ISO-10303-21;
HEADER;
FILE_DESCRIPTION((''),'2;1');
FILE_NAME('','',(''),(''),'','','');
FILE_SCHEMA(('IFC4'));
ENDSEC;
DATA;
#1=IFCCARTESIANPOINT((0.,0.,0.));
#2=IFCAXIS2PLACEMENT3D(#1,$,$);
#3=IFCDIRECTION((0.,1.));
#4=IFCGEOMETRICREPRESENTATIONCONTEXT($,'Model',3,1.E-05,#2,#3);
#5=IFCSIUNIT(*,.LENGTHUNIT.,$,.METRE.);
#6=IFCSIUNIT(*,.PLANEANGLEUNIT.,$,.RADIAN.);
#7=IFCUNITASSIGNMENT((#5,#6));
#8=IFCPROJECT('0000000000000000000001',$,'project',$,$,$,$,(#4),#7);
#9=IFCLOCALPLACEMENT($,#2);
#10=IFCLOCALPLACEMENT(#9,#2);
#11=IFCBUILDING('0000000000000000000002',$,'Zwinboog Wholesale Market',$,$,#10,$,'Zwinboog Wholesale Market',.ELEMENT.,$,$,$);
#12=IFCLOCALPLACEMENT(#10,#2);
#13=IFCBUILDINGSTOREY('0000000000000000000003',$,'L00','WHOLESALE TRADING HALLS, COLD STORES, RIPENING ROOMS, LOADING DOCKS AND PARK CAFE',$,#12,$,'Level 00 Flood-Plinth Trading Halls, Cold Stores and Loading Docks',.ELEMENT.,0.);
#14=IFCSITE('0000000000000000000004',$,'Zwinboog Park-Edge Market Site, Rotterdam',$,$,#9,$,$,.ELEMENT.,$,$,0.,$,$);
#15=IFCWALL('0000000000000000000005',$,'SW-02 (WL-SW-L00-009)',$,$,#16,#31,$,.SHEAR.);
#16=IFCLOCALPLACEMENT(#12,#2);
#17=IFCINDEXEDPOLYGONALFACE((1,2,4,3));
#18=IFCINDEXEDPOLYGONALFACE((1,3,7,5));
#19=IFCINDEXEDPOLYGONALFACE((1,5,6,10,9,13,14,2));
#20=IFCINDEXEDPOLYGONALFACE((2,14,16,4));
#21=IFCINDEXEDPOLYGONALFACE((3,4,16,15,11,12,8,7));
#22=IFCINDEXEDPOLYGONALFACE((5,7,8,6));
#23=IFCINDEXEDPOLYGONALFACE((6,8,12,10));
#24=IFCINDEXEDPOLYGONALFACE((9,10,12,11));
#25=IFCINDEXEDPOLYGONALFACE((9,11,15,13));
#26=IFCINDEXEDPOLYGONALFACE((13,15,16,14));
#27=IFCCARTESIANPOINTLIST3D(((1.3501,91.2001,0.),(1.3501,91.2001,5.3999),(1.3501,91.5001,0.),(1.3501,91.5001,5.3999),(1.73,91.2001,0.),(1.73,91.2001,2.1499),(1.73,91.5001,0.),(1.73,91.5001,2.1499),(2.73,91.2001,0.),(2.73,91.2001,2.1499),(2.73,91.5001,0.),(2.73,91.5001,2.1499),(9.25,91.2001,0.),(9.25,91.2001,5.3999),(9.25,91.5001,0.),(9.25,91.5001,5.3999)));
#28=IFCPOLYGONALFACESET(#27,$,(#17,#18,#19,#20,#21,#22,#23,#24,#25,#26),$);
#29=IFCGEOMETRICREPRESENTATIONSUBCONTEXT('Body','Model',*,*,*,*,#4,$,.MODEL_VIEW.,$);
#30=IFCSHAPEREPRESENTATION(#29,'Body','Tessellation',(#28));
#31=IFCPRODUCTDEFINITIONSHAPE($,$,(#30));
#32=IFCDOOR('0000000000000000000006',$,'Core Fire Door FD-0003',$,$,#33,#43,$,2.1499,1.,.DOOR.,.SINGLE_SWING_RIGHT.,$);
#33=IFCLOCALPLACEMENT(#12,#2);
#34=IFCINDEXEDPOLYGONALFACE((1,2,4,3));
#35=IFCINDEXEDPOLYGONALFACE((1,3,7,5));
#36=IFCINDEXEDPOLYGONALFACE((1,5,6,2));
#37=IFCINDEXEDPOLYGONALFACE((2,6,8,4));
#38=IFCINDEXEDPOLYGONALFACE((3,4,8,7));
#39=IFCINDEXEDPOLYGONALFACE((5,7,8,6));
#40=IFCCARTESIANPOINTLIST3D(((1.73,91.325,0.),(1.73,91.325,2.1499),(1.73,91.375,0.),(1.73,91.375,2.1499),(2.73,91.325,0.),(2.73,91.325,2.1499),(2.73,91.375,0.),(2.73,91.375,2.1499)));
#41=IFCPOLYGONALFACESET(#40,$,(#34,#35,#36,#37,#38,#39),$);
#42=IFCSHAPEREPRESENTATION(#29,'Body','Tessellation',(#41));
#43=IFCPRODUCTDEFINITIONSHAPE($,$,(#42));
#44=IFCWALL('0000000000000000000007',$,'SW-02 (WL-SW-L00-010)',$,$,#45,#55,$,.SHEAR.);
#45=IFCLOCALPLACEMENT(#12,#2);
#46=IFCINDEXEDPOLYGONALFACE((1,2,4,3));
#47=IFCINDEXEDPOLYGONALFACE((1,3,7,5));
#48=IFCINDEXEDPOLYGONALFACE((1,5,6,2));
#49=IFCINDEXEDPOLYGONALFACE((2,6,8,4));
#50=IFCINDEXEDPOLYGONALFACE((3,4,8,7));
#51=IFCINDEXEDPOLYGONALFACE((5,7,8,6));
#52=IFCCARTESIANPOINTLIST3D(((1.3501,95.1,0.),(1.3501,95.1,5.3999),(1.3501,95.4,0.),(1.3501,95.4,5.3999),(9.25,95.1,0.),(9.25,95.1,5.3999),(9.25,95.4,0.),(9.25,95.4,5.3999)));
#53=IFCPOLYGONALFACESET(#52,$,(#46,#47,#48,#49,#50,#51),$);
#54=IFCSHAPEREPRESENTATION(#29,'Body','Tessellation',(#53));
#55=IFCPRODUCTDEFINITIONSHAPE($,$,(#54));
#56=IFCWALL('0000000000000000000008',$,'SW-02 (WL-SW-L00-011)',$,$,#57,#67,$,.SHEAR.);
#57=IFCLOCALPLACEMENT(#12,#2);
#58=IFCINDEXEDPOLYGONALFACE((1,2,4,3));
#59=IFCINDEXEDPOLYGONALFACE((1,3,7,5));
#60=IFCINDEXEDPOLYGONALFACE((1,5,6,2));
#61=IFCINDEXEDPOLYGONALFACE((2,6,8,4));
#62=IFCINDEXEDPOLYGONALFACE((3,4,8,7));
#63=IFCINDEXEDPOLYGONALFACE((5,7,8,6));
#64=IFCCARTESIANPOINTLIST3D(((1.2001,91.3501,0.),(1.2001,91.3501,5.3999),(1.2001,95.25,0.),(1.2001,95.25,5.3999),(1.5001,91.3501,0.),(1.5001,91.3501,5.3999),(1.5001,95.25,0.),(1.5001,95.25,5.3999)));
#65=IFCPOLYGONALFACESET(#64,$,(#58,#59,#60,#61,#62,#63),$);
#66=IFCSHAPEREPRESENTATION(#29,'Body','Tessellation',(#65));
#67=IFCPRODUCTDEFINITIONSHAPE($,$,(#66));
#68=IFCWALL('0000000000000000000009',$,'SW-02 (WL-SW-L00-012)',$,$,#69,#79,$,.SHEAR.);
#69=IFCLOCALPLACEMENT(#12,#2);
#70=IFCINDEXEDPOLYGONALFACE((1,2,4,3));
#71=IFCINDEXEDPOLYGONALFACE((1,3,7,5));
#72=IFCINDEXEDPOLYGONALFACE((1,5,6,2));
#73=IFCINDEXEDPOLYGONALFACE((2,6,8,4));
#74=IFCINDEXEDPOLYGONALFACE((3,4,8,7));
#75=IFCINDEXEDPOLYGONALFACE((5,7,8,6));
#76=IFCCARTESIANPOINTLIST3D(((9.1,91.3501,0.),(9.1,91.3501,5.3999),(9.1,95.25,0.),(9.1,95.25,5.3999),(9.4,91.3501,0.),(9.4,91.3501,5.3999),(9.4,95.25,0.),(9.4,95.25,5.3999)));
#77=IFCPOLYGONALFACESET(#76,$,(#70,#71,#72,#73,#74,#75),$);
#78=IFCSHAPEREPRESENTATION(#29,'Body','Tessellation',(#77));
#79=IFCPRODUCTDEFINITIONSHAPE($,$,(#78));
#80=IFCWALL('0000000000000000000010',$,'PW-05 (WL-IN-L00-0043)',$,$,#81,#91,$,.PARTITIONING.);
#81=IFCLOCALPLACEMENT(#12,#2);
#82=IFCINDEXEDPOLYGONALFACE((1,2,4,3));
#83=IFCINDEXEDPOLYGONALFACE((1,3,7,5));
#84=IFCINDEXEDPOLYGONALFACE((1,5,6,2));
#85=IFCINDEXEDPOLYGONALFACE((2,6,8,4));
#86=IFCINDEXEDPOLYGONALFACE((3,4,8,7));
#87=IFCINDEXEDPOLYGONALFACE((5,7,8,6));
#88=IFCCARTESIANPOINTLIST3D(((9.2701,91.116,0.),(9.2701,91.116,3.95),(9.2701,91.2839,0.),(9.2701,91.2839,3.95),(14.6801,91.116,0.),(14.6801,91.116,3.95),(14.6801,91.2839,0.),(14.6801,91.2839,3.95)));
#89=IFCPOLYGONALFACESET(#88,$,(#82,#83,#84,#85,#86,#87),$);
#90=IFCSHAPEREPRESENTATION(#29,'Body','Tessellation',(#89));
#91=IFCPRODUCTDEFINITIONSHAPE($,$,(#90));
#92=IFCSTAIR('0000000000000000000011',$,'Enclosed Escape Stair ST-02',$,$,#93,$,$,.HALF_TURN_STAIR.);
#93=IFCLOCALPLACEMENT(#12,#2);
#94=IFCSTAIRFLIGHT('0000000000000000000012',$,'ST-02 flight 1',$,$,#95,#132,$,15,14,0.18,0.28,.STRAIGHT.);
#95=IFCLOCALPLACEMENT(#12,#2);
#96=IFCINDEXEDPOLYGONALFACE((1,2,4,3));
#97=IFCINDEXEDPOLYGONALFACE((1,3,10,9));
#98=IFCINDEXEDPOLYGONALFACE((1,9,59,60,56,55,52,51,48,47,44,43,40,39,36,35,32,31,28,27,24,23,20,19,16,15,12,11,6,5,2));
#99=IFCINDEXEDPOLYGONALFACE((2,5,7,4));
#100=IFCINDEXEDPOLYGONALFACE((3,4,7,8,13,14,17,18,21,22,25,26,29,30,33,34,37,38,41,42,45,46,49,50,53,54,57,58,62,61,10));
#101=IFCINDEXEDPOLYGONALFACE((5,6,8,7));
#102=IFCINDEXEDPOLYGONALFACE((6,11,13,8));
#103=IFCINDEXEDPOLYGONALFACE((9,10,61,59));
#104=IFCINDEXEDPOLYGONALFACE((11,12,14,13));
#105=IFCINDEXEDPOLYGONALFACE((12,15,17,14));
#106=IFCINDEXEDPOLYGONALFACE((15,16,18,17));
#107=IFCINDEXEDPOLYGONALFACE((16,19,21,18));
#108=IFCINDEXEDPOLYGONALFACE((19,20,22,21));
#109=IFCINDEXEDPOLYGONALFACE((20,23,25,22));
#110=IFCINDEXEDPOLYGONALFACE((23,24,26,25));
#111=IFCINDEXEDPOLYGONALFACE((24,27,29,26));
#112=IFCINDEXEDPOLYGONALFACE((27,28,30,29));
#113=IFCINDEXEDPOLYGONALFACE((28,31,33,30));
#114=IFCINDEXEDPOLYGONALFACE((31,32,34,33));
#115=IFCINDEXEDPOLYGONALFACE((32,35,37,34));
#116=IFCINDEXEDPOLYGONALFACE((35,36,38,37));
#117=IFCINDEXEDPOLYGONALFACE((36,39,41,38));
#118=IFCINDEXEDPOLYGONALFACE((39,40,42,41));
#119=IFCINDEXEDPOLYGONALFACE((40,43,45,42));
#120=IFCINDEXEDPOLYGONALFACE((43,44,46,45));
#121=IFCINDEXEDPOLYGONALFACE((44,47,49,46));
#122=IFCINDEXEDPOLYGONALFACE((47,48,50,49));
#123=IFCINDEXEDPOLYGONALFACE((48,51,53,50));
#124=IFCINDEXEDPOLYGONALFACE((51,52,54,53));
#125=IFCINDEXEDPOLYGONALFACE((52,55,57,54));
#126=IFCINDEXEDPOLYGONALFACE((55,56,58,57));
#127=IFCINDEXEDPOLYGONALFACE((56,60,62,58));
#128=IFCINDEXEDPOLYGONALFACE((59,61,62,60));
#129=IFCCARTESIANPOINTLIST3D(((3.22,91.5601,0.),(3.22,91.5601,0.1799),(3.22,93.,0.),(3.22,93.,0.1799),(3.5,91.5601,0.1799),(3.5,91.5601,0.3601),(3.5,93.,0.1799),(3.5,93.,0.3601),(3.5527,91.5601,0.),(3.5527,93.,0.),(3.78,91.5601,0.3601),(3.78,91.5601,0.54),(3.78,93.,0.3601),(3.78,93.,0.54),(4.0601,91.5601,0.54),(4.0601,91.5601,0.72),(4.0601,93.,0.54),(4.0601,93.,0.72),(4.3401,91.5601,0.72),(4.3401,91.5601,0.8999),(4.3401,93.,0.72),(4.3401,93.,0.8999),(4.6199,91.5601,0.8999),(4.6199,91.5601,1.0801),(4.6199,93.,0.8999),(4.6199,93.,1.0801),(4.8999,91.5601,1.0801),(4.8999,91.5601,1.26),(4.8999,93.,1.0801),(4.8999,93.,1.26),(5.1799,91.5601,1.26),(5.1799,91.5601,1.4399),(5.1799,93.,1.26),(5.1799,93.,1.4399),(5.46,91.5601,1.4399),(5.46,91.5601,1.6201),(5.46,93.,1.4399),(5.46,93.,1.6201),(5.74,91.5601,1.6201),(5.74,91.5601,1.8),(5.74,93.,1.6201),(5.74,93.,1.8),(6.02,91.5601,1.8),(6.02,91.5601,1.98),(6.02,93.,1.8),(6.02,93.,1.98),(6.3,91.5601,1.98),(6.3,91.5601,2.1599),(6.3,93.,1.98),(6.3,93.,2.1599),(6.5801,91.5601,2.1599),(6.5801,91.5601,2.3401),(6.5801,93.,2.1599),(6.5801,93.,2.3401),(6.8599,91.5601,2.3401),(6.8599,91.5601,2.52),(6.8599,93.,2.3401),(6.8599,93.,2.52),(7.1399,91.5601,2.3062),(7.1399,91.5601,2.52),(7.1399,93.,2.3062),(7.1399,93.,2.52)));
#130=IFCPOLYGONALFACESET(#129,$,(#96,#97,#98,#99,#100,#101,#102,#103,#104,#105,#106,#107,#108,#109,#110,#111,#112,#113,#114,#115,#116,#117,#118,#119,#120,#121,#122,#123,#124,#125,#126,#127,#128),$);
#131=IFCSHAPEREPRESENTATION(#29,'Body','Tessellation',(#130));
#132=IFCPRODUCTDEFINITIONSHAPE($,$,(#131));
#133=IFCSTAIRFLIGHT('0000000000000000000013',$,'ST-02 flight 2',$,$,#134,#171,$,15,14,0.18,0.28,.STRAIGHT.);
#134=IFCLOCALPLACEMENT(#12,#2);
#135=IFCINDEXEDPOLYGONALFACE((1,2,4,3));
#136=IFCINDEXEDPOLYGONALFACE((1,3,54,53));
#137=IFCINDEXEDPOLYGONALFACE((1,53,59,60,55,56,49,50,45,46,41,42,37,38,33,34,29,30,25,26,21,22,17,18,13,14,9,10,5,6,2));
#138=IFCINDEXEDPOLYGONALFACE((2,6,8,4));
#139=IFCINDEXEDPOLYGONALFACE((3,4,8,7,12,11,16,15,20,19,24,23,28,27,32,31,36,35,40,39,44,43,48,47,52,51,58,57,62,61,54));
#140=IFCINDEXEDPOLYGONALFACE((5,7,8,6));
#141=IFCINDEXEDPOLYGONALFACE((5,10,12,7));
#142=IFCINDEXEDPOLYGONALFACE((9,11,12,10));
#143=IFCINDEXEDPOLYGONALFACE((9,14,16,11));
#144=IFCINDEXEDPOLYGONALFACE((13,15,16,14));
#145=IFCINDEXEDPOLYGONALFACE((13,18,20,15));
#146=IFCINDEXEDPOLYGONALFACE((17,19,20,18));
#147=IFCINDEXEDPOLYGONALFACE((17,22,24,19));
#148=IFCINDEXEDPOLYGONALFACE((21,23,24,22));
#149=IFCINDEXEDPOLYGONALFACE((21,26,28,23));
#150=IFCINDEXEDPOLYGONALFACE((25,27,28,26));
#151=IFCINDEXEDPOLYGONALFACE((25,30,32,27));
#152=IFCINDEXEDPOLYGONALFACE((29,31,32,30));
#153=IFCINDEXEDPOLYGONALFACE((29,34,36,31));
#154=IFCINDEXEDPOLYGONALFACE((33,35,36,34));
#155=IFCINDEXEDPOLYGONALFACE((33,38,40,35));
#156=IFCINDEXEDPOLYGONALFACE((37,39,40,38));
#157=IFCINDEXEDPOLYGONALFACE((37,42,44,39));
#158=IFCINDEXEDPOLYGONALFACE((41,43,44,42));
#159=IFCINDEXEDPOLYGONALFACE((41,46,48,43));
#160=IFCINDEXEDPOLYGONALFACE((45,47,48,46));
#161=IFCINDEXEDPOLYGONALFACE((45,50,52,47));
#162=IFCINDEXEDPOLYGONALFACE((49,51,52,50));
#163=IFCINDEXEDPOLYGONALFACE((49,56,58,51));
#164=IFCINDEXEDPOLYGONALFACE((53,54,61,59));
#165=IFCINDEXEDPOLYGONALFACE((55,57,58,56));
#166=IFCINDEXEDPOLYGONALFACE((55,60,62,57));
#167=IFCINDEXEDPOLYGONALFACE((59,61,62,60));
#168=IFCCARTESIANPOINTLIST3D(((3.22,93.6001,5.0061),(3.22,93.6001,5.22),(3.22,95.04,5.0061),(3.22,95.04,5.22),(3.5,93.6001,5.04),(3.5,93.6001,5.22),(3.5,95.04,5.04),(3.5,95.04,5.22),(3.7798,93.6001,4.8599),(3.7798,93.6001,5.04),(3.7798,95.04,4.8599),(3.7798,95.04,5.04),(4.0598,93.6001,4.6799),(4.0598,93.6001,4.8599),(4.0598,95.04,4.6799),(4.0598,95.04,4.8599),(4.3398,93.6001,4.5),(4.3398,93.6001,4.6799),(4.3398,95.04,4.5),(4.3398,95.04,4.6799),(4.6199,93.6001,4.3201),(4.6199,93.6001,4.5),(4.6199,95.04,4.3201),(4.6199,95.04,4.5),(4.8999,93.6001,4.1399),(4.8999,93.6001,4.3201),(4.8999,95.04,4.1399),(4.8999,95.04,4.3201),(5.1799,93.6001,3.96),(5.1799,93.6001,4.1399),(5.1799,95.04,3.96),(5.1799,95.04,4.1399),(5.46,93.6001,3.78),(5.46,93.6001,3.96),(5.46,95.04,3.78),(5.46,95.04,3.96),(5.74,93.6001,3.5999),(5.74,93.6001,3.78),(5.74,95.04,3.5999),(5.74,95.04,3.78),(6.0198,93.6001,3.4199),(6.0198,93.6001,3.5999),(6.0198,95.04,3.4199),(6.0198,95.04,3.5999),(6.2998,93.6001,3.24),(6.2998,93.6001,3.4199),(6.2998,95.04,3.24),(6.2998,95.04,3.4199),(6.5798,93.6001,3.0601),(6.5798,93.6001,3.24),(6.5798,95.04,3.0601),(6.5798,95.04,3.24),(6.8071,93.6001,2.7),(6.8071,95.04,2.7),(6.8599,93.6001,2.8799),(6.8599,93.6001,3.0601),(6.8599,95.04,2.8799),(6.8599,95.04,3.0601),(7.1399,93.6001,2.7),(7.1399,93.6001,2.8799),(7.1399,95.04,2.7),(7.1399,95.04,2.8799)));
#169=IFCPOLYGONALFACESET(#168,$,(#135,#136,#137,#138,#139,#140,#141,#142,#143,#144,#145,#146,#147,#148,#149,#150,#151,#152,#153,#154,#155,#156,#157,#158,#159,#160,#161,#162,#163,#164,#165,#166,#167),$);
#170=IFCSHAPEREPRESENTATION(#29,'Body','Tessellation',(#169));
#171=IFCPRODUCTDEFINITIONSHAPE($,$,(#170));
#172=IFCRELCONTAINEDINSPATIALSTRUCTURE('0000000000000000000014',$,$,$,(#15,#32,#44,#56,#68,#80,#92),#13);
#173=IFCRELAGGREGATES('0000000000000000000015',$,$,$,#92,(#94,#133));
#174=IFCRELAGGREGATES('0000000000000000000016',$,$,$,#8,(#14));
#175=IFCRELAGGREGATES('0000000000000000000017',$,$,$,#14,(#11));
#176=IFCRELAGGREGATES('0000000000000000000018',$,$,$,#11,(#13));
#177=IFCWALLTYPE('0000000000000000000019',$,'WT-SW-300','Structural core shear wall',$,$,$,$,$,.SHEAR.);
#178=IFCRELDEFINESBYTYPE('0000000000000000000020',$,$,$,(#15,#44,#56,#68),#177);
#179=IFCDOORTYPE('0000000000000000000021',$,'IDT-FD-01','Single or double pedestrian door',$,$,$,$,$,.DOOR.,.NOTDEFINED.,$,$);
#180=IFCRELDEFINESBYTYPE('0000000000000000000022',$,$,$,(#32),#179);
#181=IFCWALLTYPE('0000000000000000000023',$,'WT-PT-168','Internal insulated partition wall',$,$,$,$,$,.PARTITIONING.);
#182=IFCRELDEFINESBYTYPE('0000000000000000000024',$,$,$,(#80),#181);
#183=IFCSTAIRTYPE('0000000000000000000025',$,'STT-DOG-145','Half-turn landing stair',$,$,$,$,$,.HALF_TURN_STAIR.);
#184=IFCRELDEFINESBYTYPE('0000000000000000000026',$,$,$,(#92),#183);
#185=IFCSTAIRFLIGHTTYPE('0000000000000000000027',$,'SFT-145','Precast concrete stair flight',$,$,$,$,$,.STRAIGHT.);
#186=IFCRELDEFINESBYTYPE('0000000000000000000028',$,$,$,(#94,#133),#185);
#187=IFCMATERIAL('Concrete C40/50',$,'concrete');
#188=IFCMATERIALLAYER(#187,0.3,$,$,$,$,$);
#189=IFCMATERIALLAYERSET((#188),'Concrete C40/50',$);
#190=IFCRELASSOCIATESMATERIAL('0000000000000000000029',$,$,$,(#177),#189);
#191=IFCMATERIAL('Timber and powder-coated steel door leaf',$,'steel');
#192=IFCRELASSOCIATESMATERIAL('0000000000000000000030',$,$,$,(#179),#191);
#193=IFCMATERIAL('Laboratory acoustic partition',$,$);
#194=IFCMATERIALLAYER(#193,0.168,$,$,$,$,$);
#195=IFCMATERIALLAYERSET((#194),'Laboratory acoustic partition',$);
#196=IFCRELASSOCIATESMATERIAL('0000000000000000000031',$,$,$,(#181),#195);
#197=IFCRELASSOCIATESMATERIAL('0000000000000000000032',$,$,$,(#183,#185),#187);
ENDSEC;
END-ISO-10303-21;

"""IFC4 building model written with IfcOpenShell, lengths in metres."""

from ifc_helpers import new_model, si_unit, direction, frame, frame_2d, origin, place, context, subcontext, project, spatial, polyline, rectangle, outline, extrude, material, layer, layer_set, type_object, element, fill, aggregate, save


model = new_model("IFC4")

# Units and contexts
model_context = context("Model", 3, precision=1e-05, world=origin(), true_north=direction((0.0, 1.0)))
body_context = subcontext(model_context, "Body", "Model", "MODEL_VIEW")
ifc_project = project(units=[si_unit("LENGTHUNIT", "METRE"), si_unit("PLANEANGLEUNIT", "RADIAN")], contexts=[model_context])

# Site, building, storey
site_placement = place(None, origin())
site = spatial("IfcSite", under=ifc_project, at=site_placement, Name="Zwinboog Park-Edge Market Site, Rotterdam", CompositionType="ELEMENT", RefElevation=0.0)
building_placement = place(site_placement, origin())
building = spatial("IfcBuilding", under=site, at=building_placement, Name="Zwinboog Wholesale Market", LongName="Zwinboog Wholesale Market", CompositionType="ELEMENT")
storey_placement = place(building_placement, origin())
storey = spatial("IfcBuildingStorey", under=building, at=storey_placement, Name="L00", Description="WHOLESALE TRADING HALLS, COLD STORES, RIPENING ROOMS, LOADING DOCKS AND PARK CAFE", LongName="Level 00 Flood-Plinth Trading Halls, Cold Stores and Loading Docks", CompositionType="ELEMENT", Elevation=0.0)

# Shared definitions
ifc_material_1 = material(Name="Concrete C40/50", Category="concrete")

# Wall, opening, door
ifc_layer_1 = layer(ifc_material_1, 0.3)
ifc_layer_set_1 = layer_set([ifc_layer_1], Name="Concrete C40/50")
wall_type_1 = type_object("IfcWallType", Name="WT-SW-300", Description="Structural core shear wall", PredefinedType="SHEAR", material=ifc_layer_set_1)
wall_1_placement = place(storey_placement, frame((1.3501, 91.3501, 0.0), z_axis=(0.0, 0.0, 1.0), x_axis=(1.0, 0.0, 0.0)))
wall_1 = element("IfcWall", 1, at=wall_1_placement, inside=storey, type_object=wall_type_1, Name="SW-02 (WL-SW-L00-009)", PredefinedType="SHEAR", context=body_context, shape_type="SweptSolid", body=[
    extrude(rectangle(XDim=7.8999, YDim=0.3, at=frame_2d((3.95, 0.0))), origin(), (0.0, 0.0, 1.0), 5.3999),
])
opening_placement = place(wall_1_placement, frame((0.3799, 0.0, 0.0)))
opening = element("IfcOpeningElement", 2, at=opening_placement, cuts=wall_1, PredefinedType="OPENING", context=body_context, shape_type="SweptSolid", body=[
    extrude(rectangle(XDim=1.0, YDim=2.1499, at=frame_2d((0.5, 1.075))), frame((0.0, 0.1599, 0.0), z_axis=(0.0, -1.0, 0.0), x_axis=(1.0, 0.0, 0.0)), (0.0, 0.0, 1.0), 0.3201),
])
ifc_material_2 = material(Name="Timber and powder-coated steel door leaf", Category="steel")
door_type = type_object("IfcDoorType", Name="IDT-FD-01", Description="Single or double pedestrian door", OperationType="NOTDEFINED", PredefinedType="DOOR", material=ifc_material_2)
door_placement = place(opening_placement, origin())
door = element("IfcDoor", 3, at=door_placement, inside=storey, type_object=door_type, Name="Core Fire Door FD-0003", OperationType="SINGLE_SWING_RIGHT", OverallHeight=2.1499, OverallWidth=1.0, PredefinedType="DOOR", context=body_context, shape_type="SweptSolid", body=[
    extrude(rectangle(XDim=1.0, YDim=2.1499, at=frame_2d((0.5, 1.075))), frame((0.0, 0.0249, 0.0), z_axis=(0.0, -1.0, 0.0), x_axis=(1.0, 0.0, 0.0)), (0.0, 0.0, 1.0), 0.05),
])
fill(opening, door)

# Walls
wall_2_placement = place(storey_placement, frame((1.3501, 95.25, 0.0), z_axis=(0.0, 0.0, 1.0), x_axis=(1.0, 0.0, 0.0)))
element("IfcWall", 4, at=wall_2_placement, inside=storey, type_object=wall_type_1, Name="SW-02 (WL-SW-L00-010)", PredefinedType="SHEAR", context=body_context, shape_type="SweptSolid", body=[
    extrude(rectangle(XDim=7.8999, YDim=0.3, at=frame_2d((3.95, 0.0))), origin(), (0.0, 0.0, 1.0), 5.3999),
])
for number, where, z_axis, x_axis, name in (
    (5, (1.3501, 91.3501, 0.0), (0.0, 0.0, 1.0), (0.0, 1.0, 0.0), "SW-02 (WL-SW-L00-011)"),
    (6, (9.25, 91.3501, 0.0), (0.0, 0.0, 1.0), (0.0, 1.0, 0.0), "SW-02 (WL-SW-L00-012)"),
):
    element("IfcWall", number, at=place(storey_placement, frame(where, z_axis=z_axis, x_axis=x_axis)), inside=storey, type_object=wall_type_1, Name=name, PredefinedType="SHEAR", context=body_context, shape_type="SweptSolid", body=[
        extrude(rectangle(XDim=3.8999, YDim=0.3, at=frame_2d((1.95, 0.0))), origin(), (0.0, 0.0, 1.0), 5.3999),
    ])
ifc_material_3 = material(Name="Laboratory acoustic partition")
ifc_layer_2 = layer(ifc_material_3, 0.168)
ifc_layer_set_2 = layer_set([ifc_layer_2], Name="Laboratory acoustic partition")
wall_type_2 = type_object("IfcWallType", Name="WT-PT-168", Description="Internal insulated partition wall", PredefinedType="PARTITIONING", material=ifc_layer_set_2)
wall_3_placement = place(storey_placement, frame((9.27, 91.2, 0.0), z_axis=(0.0, 0.0, 1.0), x_axis=(1.0, 0.0, 0.0)))
element("IfcWall", 7, at=wall_3_placement, inside=storey, type_object=wall_type_2, Name="PW-05 (WL-IN-L00-0043)", PredefinedType="PARTITIONING", context=body_context, shape_type="SweptSolid", body=[
    extrude(rectangle(XDim=5.4099, YDim=0.168, at=frame_2d((2.7051, 0.0))), origin(), (0.0, 0.0, 1.0), 3.95),
])

# Stair, stair flights
stair_type = type_object("IfcStairType", Name="STT-DOG-145", Description="Half-turn landing stair", PredefinedType="HALF_TURN_STAIR", material=ifc_material_1)
stair_placement = place(storey_placement, origin())
stair = element("IfcStair", 8, at=stair_placement, inside=storey, type_object=stair_type, Name="Enclosed Escape Stair ST-02", PredefinedType="HALF_TURN_STAIR")
stair_flight_type = type_object("IfcStairFlightType", Name="SFT-145", Description="Precast concrete stair flight", PredefinedType="STRAIGHT", material=ifc_material_1)
stair_flight_1_placement = place(storey_placement, frame((3.22, 92.28, 0.0), z_axis=(0.0, 0.0, 1.0), x_axis=(1.0, 0.0, 0.0)))
stair_flight_1 = element("IfcStairFlight", 9, at=stair_flight_1_placement, type_object=stair_flight_type, Name="ST-02 flight 1", NumberOfRisers=15, NumberOfTreads=14, PredefinedType="STRAIGHT", RiserHeight=0.18, TreadLength=0.28, context=body_context, shape_type="SweptSolid", body=[
    extrude(outline(polyline([(0.0, 0.0), (0.0, 0.1799), (0.28, 0.1799), (0.28, 0.3601), (0.5601, 0.3601), (0.5601, 0.54), (0.8401, 0.54), (0.8401, 0.72), (1.1201, 0.72), (1.1201, 0.8999), (1.3999, 0.8999), (1.3999, 1.0801), (1.6799, 1.0801), (1.6799, 1.26), (1.96, 1.26), (1.96, 1.4399), (2.24, 1.4399), (2.24, 1.6201), (2.52, 1.6201), (2.52, 1.8), (2.8, 1.8), (2.8, 1.98), (3.0801, 1.98), (3.0801, 2.1599), (3.3601, 2.1599), (3.3601, 2.3401), (3.6399, 2.3401), (3.6399, 2.52), (3.9199, 2.52), (3.9199, 2.7), (3.9199, 2.3062), (0.3328, 0.0), (0.0, 0.0)])), frame((0.0, 0.72, 0.0), z_axis=(0.0, -1.0, 0.0), x_axis=(1.0, 0.0, 0.0)), (0.0, 0.0, 1.0), 1.4399),
])
stair_flight_2_placement = place(storey_placement, frame((7.1399, 94.3201, 2.7), z_axis=(0.0, 0.0, 1.0), x_axis=(-1.0, 0.0, 0.0)))
stair_flight_2 = element("IfcStairFlight", 10, at=stair_flight_2_placement, type_object=stair_flight_type, Name="ST-02 flight 2", NumberOfRisers=15, NumberOfTreads=14, PredefinedType="STRAIGHT", RiserHeight=0.18, TreadLength=0.28, context=body_context, shape_type="SweptSolid", body=[
    extrude(outline(polyline([(0.0, 0.0), (0.0, 0.1799), (0.28, 0.1799), (0.28, 0.3601), (0.5601, 0.3601), (0.5601, 0.54), (0.8401, 0.54), (0.8401, 0.72), (1.1201, 0.72), (1.1201, 0.8999), (1.3999, 0.8999), (1.3999, 1.0801), (1.6799, 1.0801), (1.6799, 1.26), (1.96, 1.26), (1.96, 1.4399), (2.24, 1.4399), (2.24, 1.6201), (2.52, 1.6201), (2.52, 1.8), (2.8, 1.8), (2.8, 1.98), (3.0801, 1.98), (3.0801, 2.1599), (3.3601, 2.1599), (3.3601, 2.3401), (3.6399, 2.3401), (3.6399, 2.52), (3.9199, 2.52), (3.9199, 2.7), (3.9199, 2.3062), (0.3328, 0.0), (0.0, 0.0)])), frame((0.0, 0.72, 0.0), z_axis=(0.0, -1.0, 0.0), x_axis=(1.0, 0.0, 0.0)), (0.0, 0.0, 1.0), 1.4399),
])
aggregate(stair, [stair_flight_1, stair_flight_2])

save(model, "model.ifc")
